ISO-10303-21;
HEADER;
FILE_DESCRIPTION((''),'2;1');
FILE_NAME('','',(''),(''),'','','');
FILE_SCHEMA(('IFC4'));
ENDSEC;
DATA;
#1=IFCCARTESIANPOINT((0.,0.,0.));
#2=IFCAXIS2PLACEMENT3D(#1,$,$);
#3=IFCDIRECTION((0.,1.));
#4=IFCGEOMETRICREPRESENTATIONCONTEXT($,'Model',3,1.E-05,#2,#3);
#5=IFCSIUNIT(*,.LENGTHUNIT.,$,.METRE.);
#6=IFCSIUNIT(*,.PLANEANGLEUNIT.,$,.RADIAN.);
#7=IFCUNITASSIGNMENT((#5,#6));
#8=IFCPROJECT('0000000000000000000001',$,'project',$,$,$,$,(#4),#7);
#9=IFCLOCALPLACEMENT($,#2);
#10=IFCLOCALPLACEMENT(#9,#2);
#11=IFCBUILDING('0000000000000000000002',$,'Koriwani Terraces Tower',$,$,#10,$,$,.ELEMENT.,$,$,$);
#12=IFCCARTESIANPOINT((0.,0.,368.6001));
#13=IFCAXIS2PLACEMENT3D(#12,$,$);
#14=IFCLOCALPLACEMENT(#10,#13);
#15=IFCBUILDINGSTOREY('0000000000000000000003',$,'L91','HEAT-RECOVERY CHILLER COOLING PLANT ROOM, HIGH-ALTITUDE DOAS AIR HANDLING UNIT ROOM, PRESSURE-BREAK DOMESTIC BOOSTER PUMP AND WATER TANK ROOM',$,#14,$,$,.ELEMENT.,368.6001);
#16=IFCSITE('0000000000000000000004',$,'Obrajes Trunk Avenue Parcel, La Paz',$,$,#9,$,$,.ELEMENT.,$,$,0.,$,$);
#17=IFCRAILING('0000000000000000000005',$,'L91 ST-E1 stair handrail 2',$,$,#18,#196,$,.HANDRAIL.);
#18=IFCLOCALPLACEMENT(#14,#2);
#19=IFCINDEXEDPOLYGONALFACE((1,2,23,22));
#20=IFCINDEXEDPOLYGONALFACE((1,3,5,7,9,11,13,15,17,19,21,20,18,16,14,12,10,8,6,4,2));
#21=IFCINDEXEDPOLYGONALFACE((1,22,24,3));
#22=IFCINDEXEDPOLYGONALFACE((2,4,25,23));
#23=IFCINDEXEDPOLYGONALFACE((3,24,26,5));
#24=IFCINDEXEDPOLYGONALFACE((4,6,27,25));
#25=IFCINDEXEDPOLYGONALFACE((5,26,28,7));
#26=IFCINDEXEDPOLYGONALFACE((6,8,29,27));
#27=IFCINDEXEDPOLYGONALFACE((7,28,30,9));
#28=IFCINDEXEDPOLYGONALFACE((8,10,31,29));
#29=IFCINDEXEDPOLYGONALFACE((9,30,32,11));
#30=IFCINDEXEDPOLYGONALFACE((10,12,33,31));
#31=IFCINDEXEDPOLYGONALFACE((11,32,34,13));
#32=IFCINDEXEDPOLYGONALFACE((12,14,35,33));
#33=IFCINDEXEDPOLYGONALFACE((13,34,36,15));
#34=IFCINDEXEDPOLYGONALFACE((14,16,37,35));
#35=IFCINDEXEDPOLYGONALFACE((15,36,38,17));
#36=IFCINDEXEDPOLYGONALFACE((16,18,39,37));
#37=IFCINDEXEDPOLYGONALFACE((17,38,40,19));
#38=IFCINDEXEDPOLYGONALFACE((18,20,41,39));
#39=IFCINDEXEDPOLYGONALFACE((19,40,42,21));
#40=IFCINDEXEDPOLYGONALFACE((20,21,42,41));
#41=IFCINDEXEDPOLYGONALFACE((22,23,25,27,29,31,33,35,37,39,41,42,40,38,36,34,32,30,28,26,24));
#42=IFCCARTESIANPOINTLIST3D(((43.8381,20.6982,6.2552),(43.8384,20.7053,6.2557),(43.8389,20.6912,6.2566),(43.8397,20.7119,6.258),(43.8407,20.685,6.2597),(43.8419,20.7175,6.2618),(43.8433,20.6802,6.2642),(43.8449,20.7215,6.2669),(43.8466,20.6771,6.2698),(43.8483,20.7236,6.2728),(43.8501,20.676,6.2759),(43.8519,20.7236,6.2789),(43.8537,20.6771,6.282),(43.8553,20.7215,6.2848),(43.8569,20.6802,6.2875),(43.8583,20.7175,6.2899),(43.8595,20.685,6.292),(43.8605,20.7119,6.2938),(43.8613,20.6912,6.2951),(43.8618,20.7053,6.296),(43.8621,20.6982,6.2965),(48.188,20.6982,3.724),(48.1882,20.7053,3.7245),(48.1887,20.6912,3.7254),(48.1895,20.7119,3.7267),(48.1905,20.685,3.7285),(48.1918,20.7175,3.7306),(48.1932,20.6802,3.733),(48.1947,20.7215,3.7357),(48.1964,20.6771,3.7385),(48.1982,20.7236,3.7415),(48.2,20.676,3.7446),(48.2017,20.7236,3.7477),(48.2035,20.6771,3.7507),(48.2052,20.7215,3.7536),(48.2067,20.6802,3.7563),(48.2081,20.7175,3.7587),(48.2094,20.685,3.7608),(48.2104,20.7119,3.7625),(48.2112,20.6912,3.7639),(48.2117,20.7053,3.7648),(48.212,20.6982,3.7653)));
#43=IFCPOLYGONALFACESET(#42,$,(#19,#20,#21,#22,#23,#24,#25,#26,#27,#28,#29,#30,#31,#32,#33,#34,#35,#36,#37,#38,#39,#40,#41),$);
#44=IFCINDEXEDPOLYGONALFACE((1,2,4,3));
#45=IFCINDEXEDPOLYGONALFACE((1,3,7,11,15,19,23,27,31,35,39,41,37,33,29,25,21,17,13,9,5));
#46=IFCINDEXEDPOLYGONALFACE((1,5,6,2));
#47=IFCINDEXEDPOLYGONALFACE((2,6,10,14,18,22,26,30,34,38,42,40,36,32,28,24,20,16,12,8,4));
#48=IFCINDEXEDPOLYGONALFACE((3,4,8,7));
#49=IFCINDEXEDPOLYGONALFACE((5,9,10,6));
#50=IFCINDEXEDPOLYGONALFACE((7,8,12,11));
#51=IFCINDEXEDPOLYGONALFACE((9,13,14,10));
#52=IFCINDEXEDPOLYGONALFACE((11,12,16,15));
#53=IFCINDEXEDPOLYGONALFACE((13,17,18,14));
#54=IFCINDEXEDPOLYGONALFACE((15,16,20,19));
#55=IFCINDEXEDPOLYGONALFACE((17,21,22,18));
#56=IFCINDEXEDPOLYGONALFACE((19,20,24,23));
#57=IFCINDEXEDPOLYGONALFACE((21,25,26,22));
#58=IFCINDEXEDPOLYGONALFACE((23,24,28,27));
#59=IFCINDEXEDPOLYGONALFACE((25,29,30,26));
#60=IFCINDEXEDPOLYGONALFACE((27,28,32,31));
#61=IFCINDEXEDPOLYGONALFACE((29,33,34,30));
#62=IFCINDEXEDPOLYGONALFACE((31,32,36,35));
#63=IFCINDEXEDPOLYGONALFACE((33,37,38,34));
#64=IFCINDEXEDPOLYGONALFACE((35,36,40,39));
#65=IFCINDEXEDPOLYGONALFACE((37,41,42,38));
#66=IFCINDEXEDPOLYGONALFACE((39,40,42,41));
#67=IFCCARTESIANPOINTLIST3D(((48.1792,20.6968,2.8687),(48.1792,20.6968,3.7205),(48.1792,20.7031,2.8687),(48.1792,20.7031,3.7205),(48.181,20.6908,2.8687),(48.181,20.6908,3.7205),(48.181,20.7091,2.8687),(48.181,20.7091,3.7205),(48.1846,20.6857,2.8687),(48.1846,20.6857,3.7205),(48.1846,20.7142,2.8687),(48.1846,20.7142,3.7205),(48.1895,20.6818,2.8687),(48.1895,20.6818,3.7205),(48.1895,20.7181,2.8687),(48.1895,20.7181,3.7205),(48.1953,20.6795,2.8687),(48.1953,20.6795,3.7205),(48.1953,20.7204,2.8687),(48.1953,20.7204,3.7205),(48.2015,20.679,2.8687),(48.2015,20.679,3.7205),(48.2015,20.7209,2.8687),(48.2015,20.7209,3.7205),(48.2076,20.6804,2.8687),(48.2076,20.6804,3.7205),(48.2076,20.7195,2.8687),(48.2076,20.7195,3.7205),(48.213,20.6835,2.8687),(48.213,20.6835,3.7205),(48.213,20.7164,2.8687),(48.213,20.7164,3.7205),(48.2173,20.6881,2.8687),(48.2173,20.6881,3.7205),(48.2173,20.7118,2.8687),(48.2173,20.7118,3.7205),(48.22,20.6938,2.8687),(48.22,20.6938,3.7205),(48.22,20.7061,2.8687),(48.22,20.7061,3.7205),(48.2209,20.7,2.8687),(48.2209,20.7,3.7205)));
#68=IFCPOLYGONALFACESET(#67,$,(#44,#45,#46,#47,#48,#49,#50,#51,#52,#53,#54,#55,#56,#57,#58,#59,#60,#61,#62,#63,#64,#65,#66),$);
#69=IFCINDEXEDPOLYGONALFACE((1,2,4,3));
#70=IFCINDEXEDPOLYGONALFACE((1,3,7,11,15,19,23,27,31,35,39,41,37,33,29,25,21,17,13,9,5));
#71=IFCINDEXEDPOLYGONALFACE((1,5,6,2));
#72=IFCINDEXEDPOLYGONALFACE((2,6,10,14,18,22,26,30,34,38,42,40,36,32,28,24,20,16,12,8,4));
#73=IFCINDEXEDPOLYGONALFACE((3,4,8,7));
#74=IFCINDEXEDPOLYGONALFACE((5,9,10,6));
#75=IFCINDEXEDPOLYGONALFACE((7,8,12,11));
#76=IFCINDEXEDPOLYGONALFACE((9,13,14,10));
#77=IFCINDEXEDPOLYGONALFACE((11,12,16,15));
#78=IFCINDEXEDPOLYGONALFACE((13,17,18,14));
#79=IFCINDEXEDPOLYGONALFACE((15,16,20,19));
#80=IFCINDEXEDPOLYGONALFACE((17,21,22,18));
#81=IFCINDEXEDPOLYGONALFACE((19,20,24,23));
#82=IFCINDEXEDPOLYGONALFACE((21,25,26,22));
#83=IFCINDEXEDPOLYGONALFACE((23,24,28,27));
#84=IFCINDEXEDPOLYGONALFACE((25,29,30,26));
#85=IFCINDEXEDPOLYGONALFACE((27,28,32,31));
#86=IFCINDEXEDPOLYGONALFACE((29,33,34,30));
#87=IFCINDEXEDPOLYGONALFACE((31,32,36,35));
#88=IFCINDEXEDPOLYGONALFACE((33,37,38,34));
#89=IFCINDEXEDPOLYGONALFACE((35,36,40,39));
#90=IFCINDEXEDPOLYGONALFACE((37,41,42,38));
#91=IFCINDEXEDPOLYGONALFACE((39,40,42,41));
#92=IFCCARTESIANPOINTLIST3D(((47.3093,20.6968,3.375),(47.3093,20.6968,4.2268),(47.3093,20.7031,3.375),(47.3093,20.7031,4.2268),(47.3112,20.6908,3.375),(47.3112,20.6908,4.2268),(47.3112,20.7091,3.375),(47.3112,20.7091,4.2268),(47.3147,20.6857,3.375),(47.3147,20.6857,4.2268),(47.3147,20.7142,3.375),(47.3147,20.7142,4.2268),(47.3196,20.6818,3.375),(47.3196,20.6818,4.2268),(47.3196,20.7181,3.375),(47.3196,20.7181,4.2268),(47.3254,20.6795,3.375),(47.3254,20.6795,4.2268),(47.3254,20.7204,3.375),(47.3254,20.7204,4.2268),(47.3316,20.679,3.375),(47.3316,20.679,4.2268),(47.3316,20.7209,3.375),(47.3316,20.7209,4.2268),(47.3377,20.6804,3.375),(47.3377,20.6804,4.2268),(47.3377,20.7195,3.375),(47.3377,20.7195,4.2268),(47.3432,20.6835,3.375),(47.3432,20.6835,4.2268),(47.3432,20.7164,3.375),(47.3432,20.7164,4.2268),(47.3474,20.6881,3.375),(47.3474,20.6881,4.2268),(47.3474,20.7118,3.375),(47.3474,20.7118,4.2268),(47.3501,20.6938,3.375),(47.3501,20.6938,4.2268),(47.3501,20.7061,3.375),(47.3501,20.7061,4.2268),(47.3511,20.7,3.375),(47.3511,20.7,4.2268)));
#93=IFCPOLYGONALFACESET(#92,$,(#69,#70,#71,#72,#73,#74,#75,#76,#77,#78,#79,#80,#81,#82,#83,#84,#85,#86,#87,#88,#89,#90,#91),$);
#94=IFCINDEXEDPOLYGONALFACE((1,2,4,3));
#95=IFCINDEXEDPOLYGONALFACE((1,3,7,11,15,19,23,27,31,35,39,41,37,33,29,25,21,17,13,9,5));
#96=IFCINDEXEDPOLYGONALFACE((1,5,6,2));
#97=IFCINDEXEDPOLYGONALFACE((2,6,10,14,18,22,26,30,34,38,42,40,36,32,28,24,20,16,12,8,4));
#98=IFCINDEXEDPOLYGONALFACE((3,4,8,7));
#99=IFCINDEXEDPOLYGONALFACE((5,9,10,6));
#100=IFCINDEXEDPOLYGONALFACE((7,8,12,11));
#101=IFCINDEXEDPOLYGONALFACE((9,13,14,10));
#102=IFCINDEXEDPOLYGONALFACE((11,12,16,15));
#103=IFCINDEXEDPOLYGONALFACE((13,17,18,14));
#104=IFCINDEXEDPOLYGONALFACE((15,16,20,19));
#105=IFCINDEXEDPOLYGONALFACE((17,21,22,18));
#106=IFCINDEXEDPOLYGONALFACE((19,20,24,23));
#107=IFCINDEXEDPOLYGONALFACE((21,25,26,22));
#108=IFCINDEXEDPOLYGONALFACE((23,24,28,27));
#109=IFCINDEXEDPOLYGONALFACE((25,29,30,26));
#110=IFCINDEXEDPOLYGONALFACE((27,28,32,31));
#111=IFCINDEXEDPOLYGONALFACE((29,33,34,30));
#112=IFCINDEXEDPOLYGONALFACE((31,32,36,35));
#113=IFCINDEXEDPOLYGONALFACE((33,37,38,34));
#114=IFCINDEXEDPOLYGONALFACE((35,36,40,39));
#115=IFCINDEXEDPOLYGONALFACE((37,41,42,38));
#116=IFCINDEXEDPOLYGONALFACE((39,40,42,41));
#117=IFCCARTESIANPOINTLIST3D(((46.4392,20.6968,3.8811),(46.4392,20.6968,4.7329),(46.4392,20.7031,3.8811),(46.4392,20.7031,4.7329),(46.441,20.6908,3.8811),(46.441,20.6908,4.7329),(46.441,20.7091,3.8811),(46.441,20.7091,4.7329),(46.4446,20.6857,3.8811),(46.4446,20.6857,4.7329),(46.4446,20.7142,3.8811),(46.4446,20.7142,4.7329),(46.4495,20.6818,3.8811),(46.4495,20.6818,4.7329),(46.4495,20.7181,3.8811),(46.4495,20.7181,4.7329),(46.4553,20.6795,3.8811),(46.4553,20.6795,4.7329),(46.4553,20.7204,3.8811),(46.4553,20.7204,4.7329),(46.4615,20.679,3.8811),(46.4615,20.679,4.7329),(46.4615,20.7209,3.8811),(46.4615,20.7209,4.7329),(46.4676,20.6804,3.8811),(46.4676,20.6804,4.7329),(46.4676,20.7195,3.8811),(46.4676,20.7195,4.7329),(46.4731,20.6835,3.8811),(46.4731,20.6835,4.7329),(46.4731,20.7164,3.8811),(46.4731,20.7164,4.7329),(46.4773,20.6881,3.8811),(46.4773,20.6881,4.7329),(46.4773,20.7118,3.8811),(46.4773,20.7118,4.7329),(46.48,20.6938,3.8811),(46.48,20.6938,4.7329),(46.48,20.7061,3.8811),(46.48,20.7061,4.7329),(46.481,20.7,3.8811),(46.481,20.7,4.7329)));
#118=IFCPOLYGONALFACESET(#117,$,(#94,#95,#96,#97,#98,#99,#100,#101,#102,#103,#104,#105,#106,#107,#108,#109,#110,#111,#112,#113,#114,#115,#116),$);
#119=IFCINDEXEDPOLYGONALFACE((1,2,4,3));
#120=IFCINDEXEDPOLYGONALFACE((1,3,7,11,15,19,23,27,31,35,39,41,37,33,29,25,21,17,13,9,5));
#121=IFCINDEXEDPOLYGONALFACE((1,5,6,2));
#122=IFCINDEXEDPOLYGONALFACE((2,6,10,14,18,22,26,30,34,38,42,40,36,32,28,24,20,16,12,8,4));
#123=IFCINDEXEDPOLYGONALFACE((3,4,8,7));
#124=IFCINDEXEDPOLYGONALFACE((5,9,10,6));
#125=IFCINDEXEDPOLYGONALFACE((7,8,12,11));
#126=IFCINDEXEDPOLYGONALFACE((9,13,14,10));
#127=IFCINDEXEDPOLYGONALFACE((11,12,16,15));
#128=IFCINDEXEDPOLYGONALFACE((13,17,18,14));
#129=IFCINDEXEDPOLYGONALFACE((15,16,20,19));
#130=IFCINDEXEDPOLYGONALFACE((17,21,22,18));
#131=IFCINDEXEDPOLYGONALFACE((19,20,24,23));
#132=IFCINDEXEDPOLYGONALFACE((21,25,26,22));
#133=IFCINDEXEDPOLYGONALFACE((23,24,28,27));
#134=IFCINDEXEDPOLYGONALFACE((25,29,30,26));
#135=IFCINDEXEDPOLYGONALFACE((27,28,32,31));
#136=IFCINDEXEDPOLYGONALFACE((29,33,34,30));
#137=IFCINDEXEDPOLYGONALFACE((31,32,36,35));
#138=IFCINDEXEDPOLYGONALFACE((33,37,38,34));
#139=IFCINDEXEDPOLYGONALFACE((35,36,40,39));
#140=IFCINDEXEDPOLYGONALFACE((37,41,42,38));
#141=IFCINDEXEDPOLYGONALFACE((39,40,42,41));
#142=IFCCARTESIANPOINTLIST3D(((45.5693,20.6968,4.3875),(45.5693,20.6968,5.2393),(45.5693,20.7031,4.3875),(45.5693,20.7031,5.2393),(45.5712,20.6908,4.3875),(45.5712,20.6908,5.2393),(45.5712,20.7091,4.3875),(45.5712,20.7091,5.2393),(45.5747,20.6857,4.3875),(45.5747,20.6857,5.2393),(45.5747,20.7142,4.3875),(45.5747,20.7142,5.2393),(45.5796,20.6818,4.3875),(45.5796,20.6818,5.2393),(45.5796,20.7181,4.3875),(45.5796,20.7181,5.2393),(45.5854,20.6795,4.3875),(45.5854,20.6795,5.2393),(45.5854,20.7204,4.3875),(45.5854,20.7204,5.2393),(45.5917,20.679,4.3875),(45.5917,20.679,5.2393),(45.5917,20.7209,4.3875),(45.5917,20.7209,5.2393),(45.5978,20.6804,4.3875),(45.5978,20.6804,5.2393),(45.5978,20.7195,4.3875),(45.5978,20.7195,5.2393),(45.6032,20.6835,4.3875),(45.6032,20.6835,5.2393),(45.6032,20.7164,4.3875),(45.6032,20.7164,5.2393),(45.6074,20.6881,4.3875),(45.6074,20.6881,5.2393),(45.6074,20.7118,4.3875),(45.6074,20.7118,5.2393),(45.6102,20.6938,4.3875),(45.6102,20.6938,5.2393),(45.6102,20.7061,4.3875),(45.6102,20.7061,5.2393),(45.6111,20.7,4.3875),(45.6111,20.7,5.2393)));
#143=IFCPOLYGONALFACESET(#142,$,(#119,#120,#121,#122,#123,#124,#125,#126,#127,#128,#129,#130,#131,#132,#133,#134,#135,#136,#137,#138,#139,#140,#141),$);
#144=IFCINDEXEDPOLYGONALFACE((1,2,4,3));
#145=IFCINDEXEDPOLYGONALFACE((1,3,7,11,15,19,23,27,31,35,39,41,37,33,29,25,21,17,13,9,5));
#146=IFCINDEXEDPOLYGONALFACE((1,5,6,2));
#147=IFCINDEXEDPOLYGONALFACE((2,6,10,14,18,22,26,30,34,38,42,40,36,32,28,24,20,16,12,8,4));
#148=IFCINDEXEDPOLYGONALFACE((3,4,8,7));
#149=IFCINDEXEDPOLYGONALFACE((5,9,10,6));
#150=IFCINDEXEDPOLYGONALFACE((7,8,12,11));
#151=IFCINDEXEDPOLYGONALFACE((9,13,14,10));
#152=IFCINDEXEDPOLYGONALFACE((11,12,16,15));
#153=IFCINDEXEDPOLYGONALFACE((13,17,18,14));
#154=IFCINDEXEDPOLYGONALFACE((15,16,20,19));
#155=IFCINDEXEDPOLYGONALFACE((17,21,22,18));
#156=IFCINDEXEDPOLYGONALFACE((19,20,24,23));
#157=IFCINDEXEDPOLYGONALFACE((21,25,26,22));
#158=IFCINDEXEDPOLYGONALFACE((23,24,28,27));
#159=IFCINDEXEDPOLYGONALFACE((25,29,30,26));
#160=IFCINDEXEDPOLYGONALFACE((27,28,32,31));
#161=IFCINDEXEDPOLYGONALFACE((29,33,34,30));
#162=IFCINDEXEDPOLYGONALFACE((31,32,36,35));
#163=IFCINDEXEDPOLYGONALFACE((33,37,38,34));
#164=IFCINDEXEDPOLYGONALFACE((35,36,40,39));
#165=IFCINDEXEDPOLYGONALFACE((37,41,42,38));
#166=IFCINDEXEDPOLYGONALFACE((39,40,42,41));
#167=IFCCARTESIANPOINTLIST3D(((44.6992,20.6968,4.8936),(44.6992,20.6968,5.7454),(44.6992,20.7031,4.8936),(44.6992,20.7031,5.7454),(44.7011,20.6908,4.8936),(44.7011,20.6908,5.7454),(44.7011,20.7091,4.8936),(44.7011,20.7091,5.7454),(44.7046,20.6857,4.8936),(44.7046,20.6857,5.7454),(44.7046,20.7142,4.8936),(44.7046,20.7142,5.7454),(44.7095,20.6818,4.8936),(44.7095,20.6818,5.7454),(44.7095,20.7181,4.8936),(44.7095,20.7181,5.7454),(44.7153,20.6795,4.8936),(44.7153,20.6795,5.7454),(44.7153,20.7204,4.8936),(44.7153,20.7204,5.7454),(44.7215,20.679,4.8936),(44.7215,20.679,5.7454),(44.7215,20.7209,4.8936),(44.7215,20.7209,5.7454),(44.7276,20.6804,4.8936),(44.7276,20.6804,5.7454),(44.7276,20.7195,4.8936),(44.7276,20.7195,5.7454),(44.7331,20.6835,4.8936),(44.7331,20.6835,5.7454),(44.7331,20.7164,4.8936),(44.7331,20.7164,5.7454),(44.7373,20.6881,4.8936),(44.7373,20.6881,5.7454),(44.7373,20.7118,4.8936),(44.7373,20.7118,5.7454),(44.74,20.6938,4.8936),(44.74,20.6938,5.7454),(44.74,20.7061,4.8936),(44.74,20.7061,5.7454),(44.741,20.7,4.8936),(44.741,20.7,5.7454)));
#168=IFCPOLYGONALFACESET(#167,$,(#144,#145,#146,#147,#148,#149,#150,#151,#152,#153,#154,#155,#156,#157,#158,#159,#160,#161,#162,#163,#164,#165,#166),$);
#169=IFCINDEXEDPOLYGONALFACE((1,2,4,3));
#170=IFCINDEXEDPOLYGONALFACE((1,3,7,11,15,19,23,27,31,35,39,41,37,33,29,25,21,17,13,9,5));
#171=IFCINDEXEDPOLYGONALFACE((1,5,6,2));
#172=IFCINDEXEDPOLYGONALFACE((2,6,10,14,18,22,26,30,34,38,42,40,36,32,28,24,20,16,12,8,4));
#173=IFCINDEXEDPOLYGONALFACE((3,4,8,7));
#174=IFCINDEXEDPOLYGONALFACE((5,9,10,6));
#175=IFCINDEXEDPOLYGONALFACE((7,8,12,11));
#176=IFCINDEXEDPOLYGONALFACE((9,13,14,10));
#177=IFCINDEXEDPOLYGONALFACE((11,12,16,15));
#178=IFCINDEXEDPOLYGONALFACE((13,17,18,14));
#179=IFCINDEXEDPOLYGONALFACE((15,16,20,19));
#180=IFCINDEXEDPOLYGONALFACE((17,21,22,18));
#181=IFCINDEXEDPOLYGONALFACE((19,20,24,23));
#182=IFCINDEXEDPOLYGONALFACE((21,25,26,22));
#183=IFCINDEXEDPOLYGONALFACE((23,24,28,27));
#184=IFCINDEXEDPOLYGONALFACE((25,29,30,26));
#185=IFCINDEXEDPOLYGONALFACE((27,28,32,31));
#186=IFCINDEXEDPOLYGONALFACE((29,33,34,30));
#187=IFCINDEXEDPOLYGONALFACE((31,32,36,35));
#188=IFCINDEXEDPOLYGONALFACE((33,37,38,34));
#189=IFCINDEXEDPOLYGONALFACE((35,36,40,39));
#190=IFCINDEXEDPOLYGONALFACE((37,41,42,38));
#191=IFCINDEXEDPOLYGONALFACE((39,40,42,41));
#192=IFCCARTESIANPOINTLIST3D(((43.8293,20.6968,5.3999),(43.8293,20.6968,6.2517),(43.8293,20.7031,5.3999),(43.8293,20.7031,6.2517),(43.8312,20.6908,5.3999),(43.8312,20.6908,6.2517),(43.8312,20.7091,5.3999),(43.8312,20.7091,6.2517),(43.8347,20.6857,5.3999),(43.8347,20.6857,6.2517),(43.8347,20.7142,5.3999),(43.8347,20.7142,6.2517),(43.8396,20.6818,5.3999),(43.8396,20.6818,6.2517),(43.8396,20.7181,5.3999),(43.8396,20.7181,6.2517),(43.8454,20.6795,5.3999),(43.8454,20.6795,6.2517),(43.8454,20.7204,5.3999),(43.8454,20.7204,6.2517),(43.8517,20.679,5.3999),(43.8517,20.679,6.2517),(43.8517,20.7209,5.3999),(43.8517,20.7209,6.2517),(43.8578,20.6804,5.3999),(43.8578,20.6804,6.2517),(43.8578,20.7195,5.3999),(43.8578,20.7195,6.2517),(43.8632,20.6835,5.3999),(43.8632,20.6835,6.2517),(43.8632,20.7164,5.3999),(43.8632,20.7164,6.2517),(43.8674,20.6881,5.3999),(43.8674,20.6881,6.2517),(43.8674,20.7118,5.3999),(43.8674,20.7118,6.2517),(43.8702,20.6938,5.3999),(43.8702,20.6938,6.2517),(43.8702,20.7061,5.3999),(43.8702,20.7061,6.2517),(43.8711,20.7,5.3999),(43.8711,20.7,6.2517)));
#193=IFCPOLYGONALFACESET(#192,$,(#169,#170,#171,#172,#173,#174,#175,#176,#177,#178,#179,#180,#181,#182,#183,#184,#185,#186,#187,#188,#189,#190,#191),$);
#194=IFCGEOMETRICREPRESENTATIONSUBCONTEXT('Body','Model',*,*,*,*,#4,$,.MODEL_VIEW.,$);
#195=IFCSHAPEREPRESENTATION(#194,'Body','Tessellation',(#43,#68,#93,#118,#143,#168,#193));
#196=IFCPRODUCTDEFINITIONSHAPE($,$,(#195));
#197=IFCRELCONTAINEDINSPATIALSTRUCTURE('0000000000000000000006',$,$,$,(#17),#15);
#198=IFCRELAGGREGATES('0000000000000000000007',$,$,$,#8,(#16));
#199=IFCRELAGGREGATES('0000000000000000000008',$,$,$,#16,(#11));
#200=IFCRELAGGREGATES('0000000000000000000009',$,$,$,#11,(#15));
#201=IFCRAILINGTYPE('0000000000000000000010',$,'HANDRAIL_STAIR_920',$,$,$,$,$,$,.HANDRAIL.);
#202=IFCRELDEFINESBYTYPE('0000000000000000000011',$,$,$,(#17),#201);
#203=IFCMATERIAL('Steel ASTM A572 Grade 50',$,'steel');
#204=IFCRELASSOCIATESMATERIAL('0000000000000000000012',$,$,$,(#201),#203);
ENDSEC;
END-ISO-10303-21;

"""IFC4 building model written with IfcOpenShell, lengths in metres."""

from ifc_helpers import new_model, si_unit, direction, frame, origin, origin_2d, place, context, subcontext, project, spatial, circle, extrude, material, type_object, element, save


model = new_model("IFC4")

# Units and contexts
model_context = context("Model", 3, precision=1e-05, world=origin(), true_north=direction((0.0, 1.0)))
body_context = subcontext(model_context, "Body", "Model", "MODEL_VIEW")
ifc_project = project(units=[si_unit("LENGTHUNIT", "METRE"), si_unit("PLANEANGLEUNIT", "RADIAN")], contexts=[model_context])

# Site, building, storey
site_placement = place(None, origin())
site = spatial("IfcSite", under=ifc_project, at=site_placement, Name="Obrajes Trunk Avenue Parcel, La Paz", CompositionType="ELEMENT", RefElevation=0.0)
building_placement = place(site_placement, origin())
building = spatial("IfcBuilding", under=site, at=building_placement, Name="Koriwani Terraces Tower", CompositionType="ELEMENT")
storey_placement = place(building_placement, frame((0.0, 0.0, 368.6001)))
storey = spatial("IfcBuildingStorey", under=building, at=storey_placement, Name="L91", Description="HEAT-RECOVERY CHILLER COOLING PLANT ROOM, HIGH-ALTITUDE DOAS AIR HANDLING UNIT ROOM, PRESSURE-BREAK DOMESTIC BOOSTER PUMP AND WATER TANK ROOM", CompositionType="ELEMENT", Elevation=368.6001)

# Shared definitions
ifc_material_1 = material(Name="Steel ASTM A572 Grade 50", Category="steel")

# Railing
railing_type_1 = type_object("IfcRailingType", Name="HANDRAIL_STAIR_920", PredefinedType="HANDRAIL", material=ifc_material_1)
railing_1_placement = place(storey_placement, frame((48.2, 20.7, 2.8687)))
element("IfcRailing", 1, at=railing_1_placement, inside=storey, type_object=railing_type_1, Name="L91 ST-E1 stair handrail 2", PredefinedType="HANDRAIL", context=body_context, shape_type="SweptSolid", body=[
    extrude(circle(Radius=0.0239, at=origin_2d()), frame((0.0, 0.0, 0.876), z_axis=(-0.864312, 0.0, 0.502957), x_axis=(0.0, -1.0, 0.0)), (0.0, 0.0, 1.0), 5.0327),
    extrude(circle(Radius=0.021, at=origin_2d()), origin(), (0.0, 0.0, 1.0), 0.8518),
    extrude(circle(Radius=0.021, at=origin_2d()), frame((-0.8699, 0.0, 0.5063)), (0.0, 0.0, 1.0), 0.8518),
    extrude(circle(Radius=0.021, at=origin_2d()), frame((-1.74, 0.0, 1.0125)), (0.0, 0.0, 1.0), 0.8518),
    extrude(circle(Radius=0.021, at=origin_2d()), frame((-2.6099, 0.0, 1.5188)), (0.0, 0.0, 1.0), 0.8518),
    extrude(circle(Radius=0.021, at=origin_2d()), frame((-3.48, 0.0, 2.0249)), (0.0, 0.0, 1.0), 0.8518),
    extrude(circle(Radius=0.021, at=origin_2d()), frame((-4.3499, 0.0, 2.5312)), (0.0, 0.0, 1.0), 0.8518),
])

save(model, "model.ifc")
